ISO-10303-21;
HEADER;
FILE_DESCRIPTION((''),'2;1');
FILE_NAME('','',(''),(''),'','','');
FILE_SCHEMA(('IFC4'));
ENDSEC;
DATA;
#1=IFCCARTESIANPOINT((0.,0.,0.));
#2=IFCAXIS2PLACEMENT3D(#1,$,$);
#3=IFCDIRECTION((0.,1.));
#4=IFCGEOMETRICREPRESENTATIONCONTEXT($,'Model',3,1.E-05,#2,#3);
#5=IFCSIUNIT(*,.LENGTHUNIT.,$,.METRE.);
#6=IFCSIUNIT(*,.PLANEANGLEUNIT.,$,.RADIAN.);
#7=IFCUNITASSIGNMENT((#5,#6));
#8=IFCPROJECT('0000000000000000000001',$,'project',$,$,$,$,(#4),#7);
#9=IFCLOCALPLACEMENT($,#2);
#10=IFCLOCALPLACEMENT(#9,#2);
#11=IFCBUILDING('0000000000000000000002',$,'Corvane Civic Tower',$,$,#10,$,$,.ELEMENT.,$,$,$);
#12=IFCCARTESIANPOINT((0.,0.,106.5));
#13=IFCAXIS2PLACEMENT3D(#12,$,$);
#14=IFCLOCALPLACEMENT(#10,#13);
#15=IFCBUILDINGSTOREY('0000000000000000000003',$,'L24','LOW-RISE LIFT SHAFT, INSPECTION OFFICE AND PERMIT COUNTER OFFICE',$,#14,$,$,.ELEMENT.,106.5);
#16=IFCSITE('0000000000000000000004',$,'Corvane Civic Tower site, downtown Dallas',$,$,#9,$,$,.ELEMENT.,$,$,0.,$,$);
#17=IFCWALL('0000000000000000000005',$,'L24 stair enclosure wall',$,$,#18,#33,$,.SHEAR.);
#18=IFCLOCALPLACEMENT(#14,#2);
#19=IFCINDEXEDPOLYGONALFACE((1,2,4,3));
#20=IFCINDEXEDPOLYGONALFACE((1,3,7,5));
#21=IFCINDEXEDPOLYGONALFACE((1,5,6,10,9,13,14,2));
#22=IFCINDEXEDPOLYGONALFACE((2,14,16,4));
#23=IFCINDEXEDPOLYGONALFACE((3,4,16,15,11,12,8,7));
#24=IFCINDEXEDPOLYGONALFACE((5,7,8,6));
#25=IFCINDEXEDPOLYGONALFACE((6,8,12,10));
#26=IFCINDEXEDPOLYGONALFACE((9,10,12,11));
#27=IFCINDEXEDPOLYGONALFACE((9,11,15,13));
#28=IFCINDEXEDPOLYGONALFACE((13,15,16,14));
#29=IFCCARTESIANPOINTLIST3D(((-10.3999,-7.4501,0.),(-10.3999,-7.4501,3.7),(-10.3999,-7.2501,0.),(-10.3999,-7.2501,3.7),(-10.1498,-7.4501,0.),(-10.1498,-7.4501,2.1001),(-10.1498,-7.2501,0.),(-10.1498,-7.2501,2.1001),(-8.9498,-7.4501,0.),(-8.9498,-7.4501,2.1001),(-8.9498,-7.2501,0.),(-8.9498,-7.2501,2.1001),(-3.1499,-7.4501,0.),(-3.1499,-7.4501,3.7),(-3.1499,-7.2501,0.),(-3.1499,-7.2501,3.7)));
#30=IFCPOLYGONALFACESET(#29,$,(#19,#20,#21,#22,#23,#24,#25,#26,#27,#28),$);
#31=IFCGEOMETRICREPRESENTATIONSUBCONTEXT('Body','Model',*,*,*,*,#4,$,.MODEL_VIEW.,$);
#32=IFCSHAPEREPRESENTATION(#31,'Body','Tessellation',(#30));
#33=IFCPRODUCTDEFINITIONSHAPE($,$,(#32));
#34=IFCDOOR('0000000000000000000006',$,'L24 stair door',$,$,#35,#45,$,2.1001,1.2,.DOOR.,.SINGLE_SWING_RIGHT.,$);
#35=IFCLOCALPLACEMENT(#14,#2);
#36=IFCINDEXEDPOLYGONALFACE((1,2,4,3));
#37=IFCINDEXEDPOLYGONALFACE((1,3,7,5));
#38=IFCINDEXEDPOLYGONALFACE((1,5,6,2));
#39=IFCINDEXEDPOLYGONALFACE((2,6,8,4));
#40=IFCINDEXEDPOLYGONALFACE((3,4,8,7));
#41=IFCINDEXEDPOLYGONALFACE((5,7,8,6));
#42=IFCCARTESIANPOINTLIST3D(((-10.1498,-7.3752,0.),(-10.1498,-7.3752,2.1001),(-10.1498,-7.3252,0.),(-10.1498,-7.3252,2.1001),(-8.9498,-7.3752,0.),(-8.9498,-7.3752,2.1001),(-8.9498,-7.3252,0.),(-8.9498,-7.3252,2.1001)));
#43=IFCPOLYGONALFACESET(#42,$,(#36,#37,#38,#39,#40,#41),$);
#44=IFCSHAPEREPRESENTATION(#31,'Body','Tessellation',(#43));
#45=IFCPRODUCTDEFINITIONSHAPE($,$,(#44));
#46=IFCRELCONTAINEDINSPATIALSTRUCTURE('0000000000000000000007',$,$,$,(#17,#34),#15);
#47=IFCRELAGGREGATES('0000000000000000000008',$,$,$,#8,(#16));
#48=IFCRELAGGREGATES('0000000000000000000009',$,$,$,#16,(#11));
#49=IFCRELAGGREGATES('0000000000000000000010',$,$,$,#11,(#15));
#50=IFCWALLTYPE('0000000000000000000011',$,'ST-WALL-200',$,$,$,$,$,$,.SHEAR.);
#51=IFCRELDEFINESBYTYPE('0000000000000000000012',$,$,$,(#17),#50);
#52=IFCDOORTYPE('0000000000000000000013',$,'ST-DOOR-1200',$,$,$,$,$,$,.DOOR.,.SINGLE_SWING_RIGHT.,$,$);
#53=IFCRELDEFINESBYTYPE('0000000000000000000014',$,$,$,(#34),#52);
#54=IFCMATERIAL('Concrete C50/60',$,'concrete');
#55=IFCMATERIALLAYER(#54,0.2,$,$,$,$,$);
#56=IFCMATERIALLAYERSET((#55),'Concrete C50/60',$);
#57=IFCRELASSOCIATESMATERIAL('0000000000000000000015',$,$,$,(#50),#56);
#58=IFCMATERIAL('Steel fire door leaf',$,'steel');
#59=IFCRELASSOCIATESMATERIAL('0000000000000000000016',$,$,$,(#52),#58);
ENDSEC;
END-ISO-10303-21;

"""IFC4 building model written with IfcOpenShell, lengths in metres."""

from ifc_helpers import new_model, si_unit, direction, frame, frame_2d, origin, place, context, subcontext, project, spatial, rectangle, extrude, material, layer, layer_set, type_object, element, fill, save


model = new_model("IFC4")

# Units and contexts
model_context = context("Model", 3, precision=1e-05, world=origin(), true_north=direction((0.0, 1.0)))
body_context = subcontext(model_context, "Body", "Model", "MODEL_VIEW")
ifc_project = project(units=[si_unit("LENGTHUNIT", "METRE"), si_unit("PLANEANGLEUNIT", "RADIAN")], contexts=[model_context])

# Site, building, storey
site_placement = place(None, origin())
site = spatial("IfcSite", under=ifc_project, at=site_placement, Name="Corvane Civic Tower site, downtown Dallas", CompositionType="ELEMENT", RefElevation=0.0)
building_placement = place(site_placement, origin())
building = spatial("IfcBuilding", under=site, at=building_placement, Name="Corvane Civic Tower", CompositionType="ELEMENT")
storey_placement = place(building_placement, frame((0.0, 0.0, 106.5)))
storey = spatial("IfcBuildingStorey", under=building, at=storey_placement, Name="L24", Description="LOW-RISE LIFT SHAFT, INSPECTION OFFICE AND PERMIT COUNTER OFFICE", CompositionType="ELEMENT", Elevation=106.5)

# Wall, opening, door
ifc_material_1 = material(Name="Concrete C50/60", Category="concrete")
ifc_layer_1 = layer(ifc_material_1, 0.2)
ifc_layer_set_1 = layer_set([ifc_layer_1], Name="Concrete C50/60")
wall_type_1 = type_object("IfcWallType", Name="ST-WALL-200", PredefinedType="SHEAR", material=ifc_layer_set_1)
wall_1_placement = place(storey_placement, frame((-10.3999, -7.3501, 0.0), z_axis=(0.0, 0.0, 1.0), x_axis=(1.0, 0.0, 0.0)))
wall_1 = element("IfcWall", 1, at=wall_1_placement, inside=storey, type_object=wall_type_1, Name="L24 stair enclosure wall", PredefinedType="SHEAR", context=body_context, shape_type="SweptSolid", body=[
    extrude(rectangle(XDim=7.25, YDim=0.2, at=frame_2d((3.625, 0.0))), origin(), (0.0, 0.0, 1.0), 3.7),
])
opening_1_placement = place(wall_1_placement, frame((0.25, 0.0, 0.0)))
opening_1 = element("IfcOpeningElement", 2, at=opening_1_placement, cuts=wall_1, PredefinedType="OPENING", context=body_context, shape_type="SweptSolid", body=[
    extrude(rectangle(XDim=1.2, YDim=2.1001, at=frame_2d((0.6001, 1.05))), frame((0.0, 0.1099, 0.0), z_axis=(0.0, -1.0, 0.0), x_axis=(1.0, 0.0, 0.0)), (0.0, 0.0, 1.0), 0.22),
])
ifc_material_2 = material(Name="Steel fire door leaf", Category="steel")
door_type_1 = type_object("IfcDoorType", Name="ST-DOOR-1200", OperationType="SINGLE_SWING_RIGHT", PredefinedType="DOOR", material=ifc_material_2)
door_1_placement = place(opening_1_placement, origin())
door_1 = element("IfcDoor", 3, at=door_1_placement, inside=storey, type_object=door_type_1, Name="L24 stair door", OperationType="SINGLE_SWING_RIGHT", OverallHeight=2.1001, OverallWidth=1.2, PredefinedType="DOOR", context=body_context, shape_type="SweptSolid", body=[
    extrude(rectangle(XDim=1.2, YDim=2.1001, at=frame_2d((0.6001, 1.05))), frame((0.0, 0.0249, 0.0), z_axis=(0.0, -1.0, 0.0), x_axis=(1.0, 0.0, 0.0)), (0.0, 0.0, 1.0), 0.05),
])
fill(opening_1, door_1)

save(model, "model.ifc")
